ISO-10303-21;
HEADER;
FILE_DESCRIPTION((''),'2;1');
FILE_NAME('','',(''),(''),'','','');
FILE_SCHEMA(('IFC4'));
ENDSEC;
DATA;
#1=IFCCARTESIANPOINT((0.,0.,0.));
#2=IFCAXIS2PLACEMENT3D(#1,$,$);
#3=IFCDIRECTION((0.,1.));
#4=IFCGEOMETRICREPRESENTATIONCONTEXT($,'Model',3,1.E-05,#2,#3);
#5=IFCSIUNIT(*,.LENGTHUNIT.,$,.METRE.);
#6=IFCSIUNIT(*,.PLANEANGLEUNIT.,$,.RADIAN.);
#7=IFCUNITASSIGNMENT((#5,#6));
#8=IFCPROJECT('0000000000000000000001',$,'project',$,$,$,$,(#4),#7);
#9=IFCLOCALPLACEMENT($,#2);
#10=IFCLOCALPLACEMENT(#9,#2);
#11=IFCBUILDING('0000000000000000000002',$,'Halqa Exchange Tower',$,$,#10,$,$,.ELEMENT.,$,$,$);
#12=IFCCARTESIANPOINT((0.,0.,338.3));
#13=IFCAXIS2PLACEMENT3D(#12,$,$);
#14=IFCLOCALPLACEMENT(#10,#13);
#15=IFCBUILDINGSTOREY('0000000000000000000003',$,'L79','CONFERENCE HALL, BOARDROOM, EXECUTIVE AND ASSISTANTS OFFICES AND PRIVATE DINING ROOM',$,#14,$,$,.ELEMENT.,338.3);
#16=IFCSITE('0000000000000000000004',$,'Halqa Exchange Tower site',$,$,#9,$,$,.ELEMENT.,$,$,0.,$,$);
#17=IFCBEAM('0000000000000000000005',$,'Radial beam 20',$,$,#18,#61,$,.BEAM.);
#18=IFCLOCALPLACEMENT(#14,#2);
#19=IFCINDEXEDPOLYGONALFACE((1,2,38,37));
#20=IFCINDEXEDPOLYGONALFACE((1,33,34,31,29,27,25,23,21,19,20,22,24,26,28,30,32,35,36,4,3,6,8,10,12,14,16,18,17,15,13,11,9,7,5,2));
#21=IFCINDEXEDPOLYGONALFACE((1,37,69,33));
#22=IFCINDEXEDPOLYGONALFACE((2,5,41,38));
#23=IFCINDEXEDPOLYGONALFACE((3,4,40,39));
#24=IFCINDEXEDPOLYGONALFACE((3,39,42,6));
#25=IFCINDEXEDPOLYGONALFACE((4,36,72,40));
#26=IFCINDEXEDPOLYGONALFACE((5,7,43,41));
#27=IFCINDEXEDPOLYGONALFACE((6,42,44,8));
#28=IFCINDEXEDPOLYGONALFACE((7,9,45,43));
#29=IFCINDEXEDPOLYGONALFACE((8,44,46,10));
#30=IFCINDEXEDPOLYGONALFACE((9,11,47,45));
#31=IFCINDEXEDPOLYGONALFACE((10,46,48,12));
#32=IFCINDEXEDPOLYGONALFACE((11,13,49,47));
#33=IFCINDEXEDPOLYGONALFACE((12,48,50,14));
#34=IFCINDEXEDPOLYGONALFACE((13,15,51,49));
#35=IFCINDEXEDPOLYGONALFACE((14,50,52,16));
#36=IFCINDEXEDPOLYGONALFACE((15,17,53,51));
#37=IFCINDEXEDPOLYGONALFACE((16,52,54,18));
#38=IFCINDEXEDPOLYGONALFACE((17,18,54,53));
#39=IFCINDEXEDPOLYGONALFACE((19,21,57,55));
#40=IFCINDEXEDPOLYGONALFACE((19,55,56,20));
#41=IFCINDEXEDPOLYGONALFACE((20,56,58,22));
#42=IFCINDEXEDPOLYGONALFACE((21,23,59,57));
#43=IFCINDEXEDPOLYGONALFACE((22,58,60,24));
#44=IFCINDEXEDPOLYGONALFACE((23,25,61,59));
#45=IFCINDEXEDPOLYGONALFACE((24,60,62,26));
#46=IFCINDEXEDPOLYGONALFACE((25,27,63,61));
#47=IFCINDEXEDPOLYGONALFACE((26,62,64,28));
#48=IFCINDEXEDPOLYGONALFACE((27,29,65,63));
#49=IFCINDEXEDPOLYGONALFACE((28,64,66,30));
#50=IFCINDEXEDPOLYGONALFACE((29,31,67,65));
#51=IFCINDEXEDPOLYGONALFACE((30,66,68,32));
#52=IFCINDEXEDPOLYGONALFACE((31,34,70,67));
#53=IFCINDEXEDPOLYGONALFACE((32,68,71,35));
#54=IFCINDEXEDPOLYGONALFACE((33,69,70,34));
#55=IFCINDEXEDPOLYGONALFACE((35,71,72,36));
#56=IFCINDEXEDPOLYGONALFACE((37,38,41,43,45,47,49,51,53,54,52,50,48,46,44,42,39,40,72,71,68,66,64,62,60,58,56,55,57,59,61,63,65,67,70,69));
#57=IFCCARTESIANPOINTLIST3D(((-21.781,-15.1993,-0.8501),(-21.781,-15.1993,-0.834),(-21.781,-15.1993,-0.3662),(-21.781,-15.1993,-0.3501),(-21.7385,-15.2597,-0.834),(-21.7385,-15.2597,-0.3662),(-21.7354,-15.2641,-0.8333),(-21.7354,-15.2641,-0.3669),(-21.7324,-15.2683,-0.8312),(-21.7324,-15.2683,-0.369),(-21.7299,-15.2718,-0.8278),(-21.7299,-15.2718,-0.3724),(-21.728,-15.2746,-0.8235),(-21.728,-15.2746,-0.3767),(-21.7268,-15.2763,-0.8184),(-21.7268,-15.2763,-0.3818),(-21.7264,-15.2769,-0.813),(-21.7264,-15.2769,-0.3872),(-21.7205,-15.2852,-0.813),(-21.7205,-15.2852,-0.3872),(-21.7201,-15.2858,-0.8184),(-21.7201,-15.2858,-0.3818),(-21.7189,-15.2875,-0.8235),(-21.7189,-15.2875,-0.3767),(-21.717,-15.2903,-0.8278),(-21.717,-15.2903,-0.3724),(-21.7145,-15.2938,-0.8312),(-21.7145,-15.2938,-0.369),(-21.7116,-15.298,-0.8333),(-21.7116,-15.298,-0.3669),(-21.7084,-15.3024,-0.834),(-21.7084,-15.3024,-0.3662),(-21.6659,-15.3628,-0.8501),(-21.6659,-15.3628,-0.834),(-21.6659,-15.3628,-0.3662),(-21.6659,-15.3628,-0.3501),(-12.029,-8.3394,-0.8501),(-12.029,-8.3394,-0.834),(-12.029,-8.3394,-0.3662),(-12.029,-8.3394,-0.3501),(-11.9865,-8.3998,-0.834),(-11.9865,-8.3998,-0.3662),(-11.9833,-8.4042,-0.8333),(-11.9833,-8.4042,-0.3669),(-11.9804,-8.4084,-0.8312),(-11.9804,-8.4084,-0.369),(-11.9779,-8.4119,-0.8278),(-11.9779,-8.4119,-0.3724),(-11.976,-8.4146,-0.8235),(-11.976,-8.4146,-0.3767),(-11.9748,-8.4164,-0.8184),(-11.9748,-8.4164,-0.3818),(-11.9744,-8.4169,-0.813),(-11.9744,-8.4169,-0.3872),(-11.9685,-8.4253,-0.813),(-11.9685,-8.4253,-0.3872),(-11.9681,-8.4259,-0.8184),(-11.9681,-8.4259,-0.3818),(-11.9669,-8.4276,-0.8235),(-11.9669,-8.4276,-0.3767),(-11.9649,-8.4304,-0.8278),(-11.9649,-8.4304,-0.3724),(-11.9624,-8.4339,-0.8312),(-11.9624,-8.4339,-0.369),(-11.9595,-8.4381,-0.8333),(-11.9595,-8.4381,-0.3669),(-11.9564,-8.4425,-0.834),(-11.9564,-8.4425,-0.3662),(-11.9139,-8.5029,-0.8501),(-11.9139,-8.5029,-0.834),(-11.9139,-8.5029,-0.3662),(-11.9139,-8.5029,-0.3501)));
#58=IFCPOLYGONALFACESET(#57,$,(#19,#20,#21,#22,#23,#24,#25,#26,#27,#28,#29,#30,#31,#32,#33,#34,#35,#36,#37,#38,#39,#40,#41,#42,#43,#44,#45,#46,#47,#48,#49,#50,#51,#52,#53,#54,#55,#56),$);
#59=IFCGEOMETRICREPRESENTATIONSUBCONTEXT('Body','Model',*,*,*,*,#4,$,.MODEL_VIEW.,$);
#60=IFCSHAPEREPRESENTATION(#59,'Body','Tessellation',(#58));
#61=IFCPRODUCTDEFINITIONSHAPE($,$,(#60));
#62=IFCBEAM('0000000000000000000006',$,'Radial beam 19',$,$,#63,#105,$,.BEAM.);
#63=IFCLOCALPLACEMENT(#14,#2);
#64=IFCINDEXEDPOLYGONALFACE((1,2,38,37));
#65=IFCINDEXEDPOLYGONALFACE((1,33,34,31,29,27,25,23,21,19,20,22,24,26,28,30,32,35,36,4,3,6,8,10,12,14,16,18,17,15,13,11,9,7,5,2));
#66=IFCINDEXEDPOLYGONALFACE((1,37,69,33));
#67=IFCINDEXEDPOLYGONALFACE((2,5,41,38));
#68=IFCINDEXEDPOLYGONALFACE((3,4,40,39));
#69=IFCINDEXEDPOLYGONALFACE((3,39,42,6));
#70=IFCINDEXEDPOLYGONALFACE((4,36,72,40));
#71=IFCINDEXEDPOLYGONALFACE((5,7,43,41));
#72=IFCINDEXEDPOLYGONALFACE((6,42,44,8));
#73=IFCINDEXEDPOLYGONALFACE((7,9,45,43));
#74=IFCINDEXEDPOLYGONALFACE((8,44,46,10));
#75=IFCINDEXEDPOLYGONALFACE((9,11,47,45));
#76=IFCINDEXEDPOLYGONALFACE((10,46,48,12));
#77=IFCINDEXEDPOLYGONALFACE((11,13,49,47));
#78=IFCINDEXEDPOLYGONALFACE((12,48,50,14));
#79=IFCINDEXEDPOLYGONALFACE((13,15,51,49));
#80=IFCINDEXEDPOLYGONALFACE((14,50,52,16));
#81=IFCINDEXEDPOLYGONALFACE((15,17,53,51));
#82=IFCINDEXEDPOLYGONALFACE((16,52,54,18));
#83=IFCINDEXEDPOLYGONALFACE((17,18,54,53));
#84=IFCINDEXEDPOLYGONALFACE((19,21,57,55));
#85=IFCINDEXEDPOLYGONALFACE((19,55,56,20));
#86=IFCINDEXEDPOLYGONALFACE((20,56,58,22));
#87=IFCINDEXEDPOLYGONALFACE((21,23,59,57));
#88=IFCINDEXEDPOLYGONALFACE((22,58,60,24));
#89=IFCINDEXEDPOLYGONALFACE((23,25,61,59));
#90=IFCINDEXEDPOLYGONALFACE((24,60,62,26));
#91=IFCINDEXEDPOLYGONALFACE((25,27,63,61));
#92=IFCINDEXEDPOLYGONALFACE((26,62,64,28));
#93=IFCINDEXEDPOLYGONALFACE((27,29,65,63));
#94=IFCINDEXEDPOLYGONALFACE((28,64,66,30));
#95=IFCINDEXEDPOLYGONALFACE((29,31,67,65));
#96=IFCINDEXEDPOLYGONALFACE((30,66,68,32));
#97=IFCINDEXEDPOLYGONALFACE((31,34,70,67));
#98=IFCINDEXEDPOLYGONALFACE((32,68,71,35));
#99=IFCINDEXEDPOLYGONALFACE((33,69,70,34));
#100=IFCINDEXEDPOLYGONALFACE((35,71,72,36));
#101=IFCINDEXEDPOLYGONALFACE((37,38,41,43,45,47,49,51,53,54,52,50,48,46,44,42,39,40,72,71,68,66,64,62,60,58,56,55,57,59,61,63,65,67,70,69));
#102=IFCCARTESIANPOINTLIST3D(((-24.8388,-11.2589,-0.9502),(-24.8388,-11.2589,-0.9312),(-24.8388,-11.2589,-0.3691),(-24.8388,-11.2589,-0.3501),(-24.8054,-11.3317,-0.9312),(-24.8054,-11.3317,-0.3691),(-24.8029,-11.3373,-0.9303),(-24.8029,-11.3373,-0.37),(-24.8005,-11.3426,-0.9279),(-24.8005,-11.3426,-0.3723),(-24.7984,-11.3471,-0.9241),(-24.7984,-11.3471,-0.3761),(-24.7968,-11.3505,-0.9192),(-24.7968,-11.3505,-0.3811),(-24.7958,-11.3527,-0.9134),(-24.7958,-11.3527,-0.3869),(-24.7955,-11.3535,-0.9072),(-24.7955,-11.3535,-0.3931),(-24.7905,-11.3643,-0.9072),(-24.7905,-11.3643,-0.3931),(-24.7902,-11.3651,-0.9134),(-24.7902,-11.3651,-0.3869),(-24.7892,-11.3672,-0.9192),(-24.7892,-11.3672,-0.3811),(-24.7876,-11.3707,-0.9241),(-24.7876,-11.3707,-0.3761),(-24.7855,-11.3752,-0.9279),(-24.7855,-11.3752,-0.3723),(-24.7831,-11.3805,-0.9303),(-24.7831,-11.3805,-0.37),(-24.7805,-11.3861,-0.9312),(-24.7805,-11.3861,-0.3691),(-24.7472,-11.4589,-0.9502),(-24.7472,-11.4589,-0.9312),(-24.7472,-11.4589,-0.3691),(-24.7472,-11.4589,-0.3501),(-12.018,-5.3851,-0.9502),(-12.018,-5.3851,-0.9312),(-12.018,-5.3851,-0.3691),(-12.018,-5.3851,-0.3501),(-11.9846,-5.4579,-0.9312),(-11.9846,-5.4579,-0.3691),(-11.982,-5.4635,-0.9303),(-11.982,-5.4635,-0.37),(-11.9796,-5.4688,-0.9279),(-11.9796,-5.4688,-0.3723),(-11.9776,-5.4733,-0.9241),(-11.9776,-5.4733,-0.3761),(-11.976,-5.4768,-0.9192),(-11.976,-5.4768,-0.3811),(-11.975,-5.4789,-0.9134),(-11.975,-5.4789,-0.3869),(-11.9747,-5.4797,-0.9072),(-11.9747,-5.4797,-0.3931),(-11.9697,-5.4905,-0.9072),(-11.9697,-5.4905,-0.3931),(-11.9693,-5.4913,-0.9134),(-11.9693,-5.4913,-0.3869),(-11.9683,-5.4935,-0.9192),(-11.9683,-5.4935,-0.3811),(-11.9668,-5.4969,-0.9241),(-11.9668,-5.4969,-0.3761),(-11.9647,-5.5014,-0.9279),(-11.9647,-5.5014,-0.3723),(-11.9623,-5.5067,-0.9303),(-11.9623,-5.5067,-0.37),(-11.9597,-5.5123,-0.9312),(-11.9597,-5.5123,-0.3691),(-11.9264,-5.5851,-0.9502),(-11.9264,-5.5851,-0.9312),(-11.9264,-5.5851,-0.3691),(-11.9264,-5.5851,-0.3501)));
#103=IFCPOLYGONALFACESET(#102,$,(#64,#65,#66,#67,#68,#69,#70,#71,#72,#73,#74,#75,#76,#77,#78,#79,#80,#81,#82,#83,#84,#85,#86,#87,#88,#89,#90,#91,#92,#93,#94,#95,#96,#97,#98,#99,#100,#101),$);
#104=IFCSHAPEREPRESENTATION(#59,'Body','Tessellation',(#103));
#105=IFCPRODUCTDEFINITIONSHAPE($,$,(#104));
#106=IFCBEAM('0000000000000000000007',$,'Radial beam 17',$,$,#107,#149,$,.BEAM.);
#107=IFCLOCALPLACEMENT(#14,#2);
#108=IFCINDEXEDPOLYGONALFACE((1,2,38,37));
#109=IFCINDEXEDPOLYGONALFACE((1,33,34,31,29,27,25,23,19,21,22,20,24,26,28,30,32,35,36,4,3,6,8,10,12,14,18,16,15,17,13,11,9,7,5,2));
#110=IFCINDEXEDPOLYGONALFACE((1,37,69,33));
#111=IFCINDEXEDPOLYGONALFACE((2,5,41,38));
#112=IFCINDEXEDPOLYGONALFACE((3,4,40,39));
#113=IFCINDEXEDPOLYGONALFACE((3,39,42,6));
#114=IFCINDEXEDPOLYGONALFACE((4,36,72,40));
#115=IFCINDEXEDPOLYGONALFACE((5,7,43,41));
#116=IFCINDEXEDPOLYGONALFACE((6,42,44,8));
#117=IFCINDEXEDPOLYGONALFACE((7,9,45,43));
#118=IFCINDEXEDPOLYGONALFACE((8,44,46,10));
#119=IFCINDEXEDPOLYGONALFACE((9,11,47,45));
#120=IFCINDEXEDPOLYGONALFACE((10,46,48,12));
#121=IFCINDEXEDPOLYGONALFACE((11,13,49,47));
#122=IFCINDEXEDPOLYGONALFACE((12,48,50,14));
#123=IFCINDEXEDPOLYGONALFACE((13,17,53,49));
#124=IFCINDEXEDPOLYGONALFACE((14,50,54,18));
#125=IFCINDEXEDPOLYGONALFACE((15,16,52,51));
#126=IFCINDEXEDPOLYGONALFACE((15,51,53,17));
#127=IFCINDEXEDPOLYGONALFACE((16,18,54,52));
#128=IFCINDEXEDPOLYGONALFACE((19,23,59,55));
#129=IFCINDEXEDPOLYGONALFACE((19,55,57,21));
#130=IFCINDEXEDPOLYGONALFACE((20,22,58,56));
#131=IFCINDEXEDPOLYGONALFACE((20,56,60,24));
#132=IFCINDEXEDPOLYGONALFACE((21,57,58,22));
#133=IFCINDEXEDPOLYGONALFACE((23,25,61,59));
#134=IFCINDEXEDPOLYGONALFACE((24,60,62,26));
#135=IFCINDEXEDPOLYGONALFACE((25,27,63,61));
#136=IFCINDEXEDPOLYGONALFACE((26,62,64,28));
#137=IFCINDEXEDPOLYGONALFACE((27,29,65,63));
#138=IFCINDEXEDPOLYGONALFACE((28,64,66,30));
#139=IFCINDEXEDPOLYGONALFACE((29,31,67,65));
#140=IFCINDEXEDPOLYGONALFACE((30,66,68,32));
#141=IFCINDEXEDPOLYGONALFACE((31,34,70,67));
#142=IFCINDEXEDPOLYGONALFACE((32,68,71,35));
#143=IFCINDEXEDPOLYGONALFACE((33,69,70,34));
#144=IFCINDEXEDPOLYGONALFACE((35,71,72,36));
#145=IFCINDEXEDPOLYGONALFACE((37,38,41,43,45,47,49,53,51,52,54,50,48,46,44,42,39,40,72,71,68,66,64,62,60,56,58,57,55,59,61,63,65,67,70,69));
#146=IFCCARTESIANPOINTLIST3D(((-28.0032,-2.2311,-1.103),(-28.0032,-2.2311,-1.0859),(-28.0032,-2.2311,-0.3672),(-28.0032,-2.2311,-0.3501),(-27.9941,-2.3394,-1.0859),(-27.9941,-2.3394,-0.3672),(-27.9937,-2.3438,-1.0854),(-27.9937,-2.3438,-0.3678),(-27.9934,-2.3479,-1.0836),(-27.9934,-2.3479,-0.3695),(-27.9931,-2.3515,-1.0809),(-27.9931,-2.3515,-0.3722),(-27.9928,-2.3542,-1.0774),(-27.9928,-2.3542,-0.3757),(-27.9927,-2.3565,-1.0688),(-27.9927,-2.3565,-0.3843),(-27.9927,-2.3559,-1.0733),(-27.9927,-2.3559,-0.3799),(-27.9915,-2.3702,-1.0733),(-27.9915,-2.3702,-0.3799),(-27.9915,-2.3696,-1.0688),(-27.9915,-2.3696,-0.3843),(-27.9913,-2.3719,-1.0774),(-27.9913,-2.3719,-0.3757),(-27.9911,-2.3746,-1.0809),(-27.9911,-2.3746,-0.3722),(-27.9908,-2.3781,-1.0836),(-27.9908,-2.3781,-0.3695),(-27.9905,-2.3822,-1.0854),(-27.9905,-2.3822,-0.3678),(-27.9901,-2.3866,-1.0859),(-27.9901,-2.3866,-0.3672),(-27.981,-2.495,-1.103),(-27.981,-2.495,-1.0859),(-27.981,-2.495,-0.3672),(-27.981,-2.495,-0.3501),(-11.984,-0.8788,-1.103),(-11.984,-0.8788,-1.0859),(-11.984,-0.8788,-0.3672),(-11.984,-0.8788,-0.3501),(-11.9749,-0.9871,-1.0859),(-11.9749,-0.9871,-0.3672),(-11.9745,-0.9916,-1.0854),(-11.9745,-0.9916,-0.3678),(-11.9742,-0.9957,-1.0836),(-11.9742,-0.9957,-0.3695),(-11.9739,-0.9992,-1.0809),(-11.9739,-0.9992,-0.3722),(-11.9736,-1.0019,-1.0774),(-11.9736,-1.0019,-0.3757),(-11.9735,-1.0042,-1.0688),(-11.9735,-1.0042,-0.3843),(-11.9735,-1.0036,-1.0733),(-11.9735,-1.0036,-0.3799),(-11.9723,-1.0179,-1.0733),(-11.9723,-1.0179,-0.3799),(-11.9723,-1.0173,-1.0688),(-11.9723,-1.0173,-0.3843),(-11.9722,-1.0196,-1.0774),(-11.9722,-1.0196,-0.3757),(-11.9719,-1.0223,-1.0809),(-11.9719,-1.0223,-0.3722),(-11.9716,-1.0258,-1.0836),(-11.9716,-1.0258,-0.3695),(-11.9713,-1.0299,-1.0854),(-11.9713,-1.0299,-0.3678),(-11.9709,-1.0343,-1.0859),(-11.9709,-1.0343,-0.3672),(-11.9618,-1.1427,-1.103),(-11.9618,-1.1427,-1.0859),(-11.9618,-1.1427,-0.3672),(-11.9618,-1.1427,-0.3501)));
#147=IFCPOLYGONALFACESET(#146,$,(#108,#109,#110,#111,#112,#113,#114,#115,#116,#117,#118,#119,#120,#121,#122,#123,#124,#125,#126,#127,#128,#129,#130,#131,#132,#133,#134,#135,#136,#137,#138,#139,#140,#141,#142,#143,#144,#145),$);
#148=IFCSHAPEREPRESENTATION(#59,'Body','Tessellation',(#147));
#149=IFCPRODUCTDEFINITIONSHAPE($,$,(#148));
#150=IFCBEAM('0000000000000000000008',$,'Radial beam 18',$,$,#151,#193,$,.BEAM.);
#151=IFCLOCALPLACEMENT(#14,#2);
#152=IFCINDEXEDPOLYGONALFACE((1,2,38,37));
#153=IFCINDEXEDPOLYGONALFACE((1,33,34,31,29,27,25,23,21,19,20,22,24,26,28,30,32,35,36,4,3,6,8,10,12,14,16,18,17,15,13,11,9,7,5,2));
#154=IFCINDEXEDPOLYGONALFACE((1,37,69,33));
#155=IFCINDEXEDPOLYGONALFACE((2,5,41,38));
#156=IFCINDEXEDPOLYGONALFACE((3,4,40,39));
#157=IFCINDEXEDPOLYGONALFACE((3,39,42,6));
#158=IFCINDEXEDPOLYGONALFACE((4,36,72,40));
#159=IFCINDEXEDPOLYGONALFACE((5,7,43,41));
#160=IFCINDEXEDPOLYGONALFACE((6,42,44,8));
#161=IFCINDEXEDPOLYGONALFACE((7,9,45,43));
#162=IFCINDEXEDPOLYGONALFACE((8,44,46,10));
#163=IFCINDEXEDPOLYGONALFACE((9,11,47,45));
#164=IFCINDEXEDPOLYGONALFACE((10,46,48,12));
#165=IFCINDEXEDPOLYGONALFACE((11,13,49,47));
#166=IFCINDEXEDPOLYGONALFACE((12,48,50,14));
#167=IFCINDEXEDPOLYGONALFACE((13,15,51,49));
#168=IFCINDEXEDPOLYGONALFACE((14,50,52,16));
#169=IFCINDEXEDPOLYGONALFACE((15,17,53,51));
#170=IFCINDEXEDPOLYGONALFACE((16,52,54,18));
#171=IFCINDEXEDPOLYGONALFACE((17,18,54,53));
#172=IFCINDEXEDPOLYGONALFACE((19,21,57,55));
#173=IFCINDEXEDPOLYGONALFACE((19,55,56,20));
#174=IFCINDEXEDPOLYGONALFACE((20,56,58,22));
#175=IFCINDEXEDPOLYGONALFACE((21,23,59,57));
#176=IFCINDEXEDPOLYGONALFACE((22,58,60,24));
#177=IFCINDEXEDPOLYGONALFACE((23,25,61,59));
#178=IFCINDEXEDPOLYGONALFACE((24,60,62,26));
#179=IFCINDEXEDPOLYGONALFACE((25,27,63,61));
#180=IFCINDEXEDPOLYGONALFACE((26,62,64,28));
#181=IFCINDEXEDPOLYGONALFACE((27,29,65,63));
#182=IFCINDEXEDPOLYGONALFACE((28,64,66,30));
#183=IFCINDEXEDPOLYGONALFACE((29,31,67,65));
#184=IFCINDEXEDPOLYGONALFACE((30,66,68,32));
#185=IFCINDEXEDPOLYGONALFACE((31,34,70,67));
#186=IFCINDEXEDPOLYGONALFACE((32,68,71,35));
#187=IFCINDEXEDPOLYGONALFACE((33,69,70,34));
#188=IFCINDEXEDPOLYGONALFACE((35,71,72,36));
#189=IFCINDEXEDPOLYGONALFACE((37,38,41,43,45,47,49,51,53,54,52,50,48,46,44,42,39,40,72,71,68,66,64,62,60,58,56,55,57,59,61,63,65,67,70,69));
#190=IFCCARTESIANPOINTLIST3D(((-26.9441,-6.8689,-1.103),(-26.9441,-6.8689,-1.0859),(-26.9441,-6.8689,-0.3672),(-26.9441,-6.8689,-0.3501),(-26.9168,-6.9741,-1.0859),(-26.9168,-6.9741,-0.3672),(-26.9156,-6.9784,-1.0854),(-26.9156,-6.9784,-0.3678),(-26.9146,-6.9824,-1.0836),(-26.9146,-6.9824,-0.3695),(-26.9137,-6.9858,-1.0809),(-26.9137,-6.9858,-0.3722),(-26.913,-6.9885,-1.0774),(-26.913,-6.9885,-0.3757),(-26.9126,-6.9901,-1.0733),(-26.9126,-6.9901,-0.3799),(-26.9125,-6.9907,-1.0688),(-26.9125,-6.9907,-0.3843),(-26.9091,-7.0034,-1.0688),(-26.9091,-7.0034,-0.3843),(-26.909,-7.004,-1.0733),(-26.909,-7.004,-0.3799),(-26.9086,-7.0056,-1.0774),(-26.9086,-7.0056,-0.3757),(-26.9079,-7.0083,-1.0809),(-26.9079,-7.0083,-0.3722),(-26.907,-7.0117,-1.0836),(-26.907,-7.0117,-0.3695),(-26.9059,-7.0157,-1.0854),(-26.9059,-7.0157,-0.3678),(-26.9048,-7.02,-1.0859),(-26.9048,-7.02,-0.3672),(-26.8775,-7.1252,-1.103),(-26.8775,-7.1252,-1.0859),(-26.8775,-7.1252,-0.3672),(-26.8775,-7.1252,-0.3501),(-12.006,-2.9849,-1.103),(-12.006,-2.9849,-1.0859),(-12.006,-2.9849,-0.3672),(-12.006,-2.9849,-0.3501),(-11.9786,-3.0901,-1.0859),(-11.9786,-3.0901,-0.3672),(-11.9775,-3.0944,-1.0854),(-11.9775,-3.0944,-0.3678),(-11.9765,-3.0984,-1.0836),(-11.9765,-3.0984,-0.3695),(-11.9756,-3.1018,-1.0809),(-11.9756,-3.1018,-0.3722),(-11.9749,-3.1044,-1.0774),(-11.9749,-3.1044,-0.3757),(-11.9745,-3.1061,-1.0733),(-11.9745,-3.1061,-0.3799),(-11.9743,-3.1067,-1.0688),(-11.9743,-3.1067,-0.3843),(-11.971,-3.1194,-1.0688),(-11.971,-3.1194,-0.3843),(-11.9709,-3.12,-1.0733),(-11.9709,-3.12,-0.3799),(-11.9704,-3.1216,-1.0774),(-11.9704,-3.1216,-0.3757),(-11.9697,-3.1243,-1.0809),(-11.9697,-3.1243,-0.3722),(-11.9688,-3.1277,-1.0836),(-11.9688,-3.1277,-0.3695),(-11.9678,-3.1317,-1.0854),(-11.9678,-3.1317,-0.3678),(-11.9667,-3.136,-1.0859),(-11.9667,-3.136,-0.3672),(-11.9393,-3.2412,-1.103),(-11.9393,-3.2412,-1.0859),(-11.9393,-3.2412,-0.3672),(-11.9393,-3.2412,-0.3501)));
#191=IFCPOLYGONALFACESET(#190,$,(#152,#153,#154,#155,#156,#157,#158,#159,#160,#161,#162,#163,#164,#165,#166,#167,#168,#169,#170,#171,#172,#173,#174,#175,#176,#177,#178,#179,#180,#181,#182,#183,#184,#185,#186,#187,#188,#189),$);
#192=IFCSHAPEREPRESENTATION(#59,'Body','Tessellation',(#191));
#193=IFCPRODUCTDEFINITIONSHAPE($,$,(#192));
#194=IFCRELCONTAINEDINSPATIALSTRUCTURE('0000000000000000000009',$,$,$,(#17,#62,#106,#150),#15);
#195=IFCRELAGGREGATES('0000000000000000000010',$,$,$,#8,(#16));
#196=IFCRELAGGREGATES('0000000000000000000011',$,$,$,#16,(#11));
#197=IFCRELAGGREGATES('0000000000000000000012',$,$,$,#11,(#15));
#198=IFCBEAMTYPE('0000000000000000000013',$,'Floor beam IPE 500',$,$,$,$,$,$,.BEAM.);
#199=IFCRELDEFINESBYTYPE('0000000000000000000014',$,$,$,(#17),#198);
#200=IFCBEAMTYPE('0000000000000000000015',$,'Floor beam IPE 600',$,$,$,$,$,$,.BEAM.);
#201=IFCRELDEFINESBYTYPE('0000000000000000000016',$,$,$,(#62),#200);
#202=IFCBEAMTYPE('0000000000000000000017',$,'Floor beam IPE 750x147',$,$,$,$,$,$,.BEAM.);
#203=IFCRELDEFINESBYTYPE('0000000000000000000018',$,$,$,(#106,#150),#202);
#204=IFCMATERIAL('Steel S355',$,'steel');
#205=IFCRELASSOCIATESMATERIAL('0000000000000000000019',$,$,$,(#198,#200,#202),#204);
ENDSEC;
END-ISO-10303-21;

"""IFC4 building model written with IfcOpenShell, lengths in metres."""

from ifc_helpers import new_model, si_unit, direction, frame, origin, origin_2d, place, context, subcontext, project, spatial, i_section, extrude, material, material_profile, profile_set, type_object, element, save


model = new_model("IFC4")

# Units and contexts
model_context = context("Model", 3, precision=1e-05, world=origin(), true_north=direction((0.0, 1.0)))
body_context = subcontext(model_context, "Body", "Model", "MODEL_VIEW")
ifc_project = project(units=[si_unit("LENGTHUNIT", "METRE"), si_unit("PLANEANGLEUNIT", "RADIAN")], contexts=[model_context])

# Site, building, storey
site_placement = place(None, origin())
site = spatial("IfcSite", under=ifc_project, at=site_placement, Name="Halqa Exchange Tower site", CompositionType="ELEMENT", RefElevation=0.0)
building_placement = place(site_placement, origin())
building = spatial("IfcBuilding", under=site, at=building_placement, Name="Halqa Exchange Tower", CompositionType="ELEMENT")
storey_placement = place(building_placement, frame((0.0, 0.0, 338.3)))
storey = spatial("IfcBuildingStorey", under=building, at=storey_placement, Name="L79", Description="CONFERENCE HALL, BOARDROOM, EXECUTIVE AND ASSISTANTS OFFICES AND PRIVATE DINING ROOM", CompositionType="ELEMENT", Elevation=338.3)

# Beams
ifc_material_1 = material(Name="Steel S355", Category="steel")
ifc_material_profile_1 = material_profile(ifc_material_1, i_section(OverallWidth=0.2, OverallDepth=0.5, WebThickness=0.0103, FlangeThickness=0.0161, FilletRadius=0.021, at=origin_2d()), Name="IPE 500")
ifc_profile_set_1 = profile_set([ifc_material_profile_1], Name="Steel S355")
beam_type_1 = type_object("IfcBeamType", Name="Floor beam IPE 500", PredefinedType="BEAM", material=ifc_profile_set_1)
beam_1_placement = place(storey_placement, frame((-11.9714, -8.4211, -0.6001), z_axis=(-0.81791, -0.575346, 0.0), x_axis=(0.575346, -0.81791, 0.0)))
element("IfcBeam", 1, at=beam_1_placement, inside=storey, type_object=beam_type_1, Name="Radial beam 20", PredefinedType="BEAM", context=body_context, shape_type="SweptSolid", body=[
    extrude(i_section(OverallWidth=0.2, OverallDepth=0.5, WebThickness=0.0103, FlangeThickness=0.0161, FilletRadius=0.021, at=origin_2d()), origin(), (0.0, 0.0, 1.0), 11.9231),
])
ifc_material_profile_2 = material_profile(ifc_material_1, i_section(OverallWidth=0.22, OverallDepth=0.6001, WebThickness=0.012, FlangeThickness=0.019, FilletRadius=0.0239, at=origin_2d()), Name="IPE 600")
ifc_profile_set_2 = profile_set([ifc_material_profile_2], Name="Steel S355")
beam_type_2 = type_object("IfcBeamType", Name="Floor beam IPE 600", PredefinedType="BEAM", material=ifc_profile_set_2)
beam_2_placement = place(storey_placement, frame((-11.9722, -5.4851, -0.6501), z_axis=(-0.90913, -0.416513, 0.0), x_axis=(0.416513, -0.90913, 0.0)))
element("IfcBeam", 2, at=beam_2_placement, inside=storey, type_object=beam_type_2, Name="Radial beam 19", PredefinedType="BEAM", context=body_context, shape_type="SweptSolid", body=[
    extrude(i_section(OverallWidth=0.22, OverallDepth=0.6001, WebThickness=0.012, FlangeThickness=0.019, FilletRadius=0.0239, at=origin_2d()), origin(), (0.0, 0.0, 1.0), 14.1023),
])
ifc_material_profile_3 = material_profile(ifc_material_1, i_section(OverallWidth=0.2649, OverallDepth=0.7529, WebThickness=0.0132, FlangeThickness=0.0171, FilletRadius=0.0171, at=origin_2d()), Name="IPE 750x147")
ifc_profile_set_3 = profile_set([ifc_material_profile_3], Name="Steel S355")
beam_type_3 = type_object("IfcBeamType", Name="Floor beam IPE 750x147", PredefinedType="BEAM", material=ifc_profile_set_3)
beam_3_placement = place(storey_placement, frame((-11.9729, -1.0107, -0.7266), z_axis=(-0.996456, -0.084117, 0.0), x_axis=(0.084117, -0.996456, 0.0)))
element("IfcBeam", 3, at=beam_3_placement, inside=storey, type_object=beam_type_3, Name="Radial beam 17", PredefinedType="BEAM", context=body_context, shape_type="SweptSolid", body=[
    extrude(i_section(OverallWidth=0.2649, OverallDepth=0.7529, WebThickness=0.0132, FlangeThickness=0.0171, FilletRadius=0.0171, at=origin_2d()), origin(), (0.0, 0.0, 1.0), 16.0762),
])
beam_4_placement = place(storey_placement, frame((-11.9727, -3.113, -0.7266), z_axis=(-0.967821, -0.251639, 0.0), x_axis=(0.251639, -0.967821, 0.0)))
element("IfcBeam", 4, at=beam_4_placement, inside=storey, type_object=beam_type_3, Name="Radial beam 18", PredefinedType="BEAM", context=body_context, shape_type="SweptSolid", body=[
    extrude(i_section(OverallWidth=0.2649, OverallDepth=0.7529, WebThickness=0.0132, FlangeThickness=0.0171, FilletRadius=0.0171, at=origin_2d()), origin(), (0.0, 0.0, 1.0), 15.4348),
])

save(model, "model.ifc")
